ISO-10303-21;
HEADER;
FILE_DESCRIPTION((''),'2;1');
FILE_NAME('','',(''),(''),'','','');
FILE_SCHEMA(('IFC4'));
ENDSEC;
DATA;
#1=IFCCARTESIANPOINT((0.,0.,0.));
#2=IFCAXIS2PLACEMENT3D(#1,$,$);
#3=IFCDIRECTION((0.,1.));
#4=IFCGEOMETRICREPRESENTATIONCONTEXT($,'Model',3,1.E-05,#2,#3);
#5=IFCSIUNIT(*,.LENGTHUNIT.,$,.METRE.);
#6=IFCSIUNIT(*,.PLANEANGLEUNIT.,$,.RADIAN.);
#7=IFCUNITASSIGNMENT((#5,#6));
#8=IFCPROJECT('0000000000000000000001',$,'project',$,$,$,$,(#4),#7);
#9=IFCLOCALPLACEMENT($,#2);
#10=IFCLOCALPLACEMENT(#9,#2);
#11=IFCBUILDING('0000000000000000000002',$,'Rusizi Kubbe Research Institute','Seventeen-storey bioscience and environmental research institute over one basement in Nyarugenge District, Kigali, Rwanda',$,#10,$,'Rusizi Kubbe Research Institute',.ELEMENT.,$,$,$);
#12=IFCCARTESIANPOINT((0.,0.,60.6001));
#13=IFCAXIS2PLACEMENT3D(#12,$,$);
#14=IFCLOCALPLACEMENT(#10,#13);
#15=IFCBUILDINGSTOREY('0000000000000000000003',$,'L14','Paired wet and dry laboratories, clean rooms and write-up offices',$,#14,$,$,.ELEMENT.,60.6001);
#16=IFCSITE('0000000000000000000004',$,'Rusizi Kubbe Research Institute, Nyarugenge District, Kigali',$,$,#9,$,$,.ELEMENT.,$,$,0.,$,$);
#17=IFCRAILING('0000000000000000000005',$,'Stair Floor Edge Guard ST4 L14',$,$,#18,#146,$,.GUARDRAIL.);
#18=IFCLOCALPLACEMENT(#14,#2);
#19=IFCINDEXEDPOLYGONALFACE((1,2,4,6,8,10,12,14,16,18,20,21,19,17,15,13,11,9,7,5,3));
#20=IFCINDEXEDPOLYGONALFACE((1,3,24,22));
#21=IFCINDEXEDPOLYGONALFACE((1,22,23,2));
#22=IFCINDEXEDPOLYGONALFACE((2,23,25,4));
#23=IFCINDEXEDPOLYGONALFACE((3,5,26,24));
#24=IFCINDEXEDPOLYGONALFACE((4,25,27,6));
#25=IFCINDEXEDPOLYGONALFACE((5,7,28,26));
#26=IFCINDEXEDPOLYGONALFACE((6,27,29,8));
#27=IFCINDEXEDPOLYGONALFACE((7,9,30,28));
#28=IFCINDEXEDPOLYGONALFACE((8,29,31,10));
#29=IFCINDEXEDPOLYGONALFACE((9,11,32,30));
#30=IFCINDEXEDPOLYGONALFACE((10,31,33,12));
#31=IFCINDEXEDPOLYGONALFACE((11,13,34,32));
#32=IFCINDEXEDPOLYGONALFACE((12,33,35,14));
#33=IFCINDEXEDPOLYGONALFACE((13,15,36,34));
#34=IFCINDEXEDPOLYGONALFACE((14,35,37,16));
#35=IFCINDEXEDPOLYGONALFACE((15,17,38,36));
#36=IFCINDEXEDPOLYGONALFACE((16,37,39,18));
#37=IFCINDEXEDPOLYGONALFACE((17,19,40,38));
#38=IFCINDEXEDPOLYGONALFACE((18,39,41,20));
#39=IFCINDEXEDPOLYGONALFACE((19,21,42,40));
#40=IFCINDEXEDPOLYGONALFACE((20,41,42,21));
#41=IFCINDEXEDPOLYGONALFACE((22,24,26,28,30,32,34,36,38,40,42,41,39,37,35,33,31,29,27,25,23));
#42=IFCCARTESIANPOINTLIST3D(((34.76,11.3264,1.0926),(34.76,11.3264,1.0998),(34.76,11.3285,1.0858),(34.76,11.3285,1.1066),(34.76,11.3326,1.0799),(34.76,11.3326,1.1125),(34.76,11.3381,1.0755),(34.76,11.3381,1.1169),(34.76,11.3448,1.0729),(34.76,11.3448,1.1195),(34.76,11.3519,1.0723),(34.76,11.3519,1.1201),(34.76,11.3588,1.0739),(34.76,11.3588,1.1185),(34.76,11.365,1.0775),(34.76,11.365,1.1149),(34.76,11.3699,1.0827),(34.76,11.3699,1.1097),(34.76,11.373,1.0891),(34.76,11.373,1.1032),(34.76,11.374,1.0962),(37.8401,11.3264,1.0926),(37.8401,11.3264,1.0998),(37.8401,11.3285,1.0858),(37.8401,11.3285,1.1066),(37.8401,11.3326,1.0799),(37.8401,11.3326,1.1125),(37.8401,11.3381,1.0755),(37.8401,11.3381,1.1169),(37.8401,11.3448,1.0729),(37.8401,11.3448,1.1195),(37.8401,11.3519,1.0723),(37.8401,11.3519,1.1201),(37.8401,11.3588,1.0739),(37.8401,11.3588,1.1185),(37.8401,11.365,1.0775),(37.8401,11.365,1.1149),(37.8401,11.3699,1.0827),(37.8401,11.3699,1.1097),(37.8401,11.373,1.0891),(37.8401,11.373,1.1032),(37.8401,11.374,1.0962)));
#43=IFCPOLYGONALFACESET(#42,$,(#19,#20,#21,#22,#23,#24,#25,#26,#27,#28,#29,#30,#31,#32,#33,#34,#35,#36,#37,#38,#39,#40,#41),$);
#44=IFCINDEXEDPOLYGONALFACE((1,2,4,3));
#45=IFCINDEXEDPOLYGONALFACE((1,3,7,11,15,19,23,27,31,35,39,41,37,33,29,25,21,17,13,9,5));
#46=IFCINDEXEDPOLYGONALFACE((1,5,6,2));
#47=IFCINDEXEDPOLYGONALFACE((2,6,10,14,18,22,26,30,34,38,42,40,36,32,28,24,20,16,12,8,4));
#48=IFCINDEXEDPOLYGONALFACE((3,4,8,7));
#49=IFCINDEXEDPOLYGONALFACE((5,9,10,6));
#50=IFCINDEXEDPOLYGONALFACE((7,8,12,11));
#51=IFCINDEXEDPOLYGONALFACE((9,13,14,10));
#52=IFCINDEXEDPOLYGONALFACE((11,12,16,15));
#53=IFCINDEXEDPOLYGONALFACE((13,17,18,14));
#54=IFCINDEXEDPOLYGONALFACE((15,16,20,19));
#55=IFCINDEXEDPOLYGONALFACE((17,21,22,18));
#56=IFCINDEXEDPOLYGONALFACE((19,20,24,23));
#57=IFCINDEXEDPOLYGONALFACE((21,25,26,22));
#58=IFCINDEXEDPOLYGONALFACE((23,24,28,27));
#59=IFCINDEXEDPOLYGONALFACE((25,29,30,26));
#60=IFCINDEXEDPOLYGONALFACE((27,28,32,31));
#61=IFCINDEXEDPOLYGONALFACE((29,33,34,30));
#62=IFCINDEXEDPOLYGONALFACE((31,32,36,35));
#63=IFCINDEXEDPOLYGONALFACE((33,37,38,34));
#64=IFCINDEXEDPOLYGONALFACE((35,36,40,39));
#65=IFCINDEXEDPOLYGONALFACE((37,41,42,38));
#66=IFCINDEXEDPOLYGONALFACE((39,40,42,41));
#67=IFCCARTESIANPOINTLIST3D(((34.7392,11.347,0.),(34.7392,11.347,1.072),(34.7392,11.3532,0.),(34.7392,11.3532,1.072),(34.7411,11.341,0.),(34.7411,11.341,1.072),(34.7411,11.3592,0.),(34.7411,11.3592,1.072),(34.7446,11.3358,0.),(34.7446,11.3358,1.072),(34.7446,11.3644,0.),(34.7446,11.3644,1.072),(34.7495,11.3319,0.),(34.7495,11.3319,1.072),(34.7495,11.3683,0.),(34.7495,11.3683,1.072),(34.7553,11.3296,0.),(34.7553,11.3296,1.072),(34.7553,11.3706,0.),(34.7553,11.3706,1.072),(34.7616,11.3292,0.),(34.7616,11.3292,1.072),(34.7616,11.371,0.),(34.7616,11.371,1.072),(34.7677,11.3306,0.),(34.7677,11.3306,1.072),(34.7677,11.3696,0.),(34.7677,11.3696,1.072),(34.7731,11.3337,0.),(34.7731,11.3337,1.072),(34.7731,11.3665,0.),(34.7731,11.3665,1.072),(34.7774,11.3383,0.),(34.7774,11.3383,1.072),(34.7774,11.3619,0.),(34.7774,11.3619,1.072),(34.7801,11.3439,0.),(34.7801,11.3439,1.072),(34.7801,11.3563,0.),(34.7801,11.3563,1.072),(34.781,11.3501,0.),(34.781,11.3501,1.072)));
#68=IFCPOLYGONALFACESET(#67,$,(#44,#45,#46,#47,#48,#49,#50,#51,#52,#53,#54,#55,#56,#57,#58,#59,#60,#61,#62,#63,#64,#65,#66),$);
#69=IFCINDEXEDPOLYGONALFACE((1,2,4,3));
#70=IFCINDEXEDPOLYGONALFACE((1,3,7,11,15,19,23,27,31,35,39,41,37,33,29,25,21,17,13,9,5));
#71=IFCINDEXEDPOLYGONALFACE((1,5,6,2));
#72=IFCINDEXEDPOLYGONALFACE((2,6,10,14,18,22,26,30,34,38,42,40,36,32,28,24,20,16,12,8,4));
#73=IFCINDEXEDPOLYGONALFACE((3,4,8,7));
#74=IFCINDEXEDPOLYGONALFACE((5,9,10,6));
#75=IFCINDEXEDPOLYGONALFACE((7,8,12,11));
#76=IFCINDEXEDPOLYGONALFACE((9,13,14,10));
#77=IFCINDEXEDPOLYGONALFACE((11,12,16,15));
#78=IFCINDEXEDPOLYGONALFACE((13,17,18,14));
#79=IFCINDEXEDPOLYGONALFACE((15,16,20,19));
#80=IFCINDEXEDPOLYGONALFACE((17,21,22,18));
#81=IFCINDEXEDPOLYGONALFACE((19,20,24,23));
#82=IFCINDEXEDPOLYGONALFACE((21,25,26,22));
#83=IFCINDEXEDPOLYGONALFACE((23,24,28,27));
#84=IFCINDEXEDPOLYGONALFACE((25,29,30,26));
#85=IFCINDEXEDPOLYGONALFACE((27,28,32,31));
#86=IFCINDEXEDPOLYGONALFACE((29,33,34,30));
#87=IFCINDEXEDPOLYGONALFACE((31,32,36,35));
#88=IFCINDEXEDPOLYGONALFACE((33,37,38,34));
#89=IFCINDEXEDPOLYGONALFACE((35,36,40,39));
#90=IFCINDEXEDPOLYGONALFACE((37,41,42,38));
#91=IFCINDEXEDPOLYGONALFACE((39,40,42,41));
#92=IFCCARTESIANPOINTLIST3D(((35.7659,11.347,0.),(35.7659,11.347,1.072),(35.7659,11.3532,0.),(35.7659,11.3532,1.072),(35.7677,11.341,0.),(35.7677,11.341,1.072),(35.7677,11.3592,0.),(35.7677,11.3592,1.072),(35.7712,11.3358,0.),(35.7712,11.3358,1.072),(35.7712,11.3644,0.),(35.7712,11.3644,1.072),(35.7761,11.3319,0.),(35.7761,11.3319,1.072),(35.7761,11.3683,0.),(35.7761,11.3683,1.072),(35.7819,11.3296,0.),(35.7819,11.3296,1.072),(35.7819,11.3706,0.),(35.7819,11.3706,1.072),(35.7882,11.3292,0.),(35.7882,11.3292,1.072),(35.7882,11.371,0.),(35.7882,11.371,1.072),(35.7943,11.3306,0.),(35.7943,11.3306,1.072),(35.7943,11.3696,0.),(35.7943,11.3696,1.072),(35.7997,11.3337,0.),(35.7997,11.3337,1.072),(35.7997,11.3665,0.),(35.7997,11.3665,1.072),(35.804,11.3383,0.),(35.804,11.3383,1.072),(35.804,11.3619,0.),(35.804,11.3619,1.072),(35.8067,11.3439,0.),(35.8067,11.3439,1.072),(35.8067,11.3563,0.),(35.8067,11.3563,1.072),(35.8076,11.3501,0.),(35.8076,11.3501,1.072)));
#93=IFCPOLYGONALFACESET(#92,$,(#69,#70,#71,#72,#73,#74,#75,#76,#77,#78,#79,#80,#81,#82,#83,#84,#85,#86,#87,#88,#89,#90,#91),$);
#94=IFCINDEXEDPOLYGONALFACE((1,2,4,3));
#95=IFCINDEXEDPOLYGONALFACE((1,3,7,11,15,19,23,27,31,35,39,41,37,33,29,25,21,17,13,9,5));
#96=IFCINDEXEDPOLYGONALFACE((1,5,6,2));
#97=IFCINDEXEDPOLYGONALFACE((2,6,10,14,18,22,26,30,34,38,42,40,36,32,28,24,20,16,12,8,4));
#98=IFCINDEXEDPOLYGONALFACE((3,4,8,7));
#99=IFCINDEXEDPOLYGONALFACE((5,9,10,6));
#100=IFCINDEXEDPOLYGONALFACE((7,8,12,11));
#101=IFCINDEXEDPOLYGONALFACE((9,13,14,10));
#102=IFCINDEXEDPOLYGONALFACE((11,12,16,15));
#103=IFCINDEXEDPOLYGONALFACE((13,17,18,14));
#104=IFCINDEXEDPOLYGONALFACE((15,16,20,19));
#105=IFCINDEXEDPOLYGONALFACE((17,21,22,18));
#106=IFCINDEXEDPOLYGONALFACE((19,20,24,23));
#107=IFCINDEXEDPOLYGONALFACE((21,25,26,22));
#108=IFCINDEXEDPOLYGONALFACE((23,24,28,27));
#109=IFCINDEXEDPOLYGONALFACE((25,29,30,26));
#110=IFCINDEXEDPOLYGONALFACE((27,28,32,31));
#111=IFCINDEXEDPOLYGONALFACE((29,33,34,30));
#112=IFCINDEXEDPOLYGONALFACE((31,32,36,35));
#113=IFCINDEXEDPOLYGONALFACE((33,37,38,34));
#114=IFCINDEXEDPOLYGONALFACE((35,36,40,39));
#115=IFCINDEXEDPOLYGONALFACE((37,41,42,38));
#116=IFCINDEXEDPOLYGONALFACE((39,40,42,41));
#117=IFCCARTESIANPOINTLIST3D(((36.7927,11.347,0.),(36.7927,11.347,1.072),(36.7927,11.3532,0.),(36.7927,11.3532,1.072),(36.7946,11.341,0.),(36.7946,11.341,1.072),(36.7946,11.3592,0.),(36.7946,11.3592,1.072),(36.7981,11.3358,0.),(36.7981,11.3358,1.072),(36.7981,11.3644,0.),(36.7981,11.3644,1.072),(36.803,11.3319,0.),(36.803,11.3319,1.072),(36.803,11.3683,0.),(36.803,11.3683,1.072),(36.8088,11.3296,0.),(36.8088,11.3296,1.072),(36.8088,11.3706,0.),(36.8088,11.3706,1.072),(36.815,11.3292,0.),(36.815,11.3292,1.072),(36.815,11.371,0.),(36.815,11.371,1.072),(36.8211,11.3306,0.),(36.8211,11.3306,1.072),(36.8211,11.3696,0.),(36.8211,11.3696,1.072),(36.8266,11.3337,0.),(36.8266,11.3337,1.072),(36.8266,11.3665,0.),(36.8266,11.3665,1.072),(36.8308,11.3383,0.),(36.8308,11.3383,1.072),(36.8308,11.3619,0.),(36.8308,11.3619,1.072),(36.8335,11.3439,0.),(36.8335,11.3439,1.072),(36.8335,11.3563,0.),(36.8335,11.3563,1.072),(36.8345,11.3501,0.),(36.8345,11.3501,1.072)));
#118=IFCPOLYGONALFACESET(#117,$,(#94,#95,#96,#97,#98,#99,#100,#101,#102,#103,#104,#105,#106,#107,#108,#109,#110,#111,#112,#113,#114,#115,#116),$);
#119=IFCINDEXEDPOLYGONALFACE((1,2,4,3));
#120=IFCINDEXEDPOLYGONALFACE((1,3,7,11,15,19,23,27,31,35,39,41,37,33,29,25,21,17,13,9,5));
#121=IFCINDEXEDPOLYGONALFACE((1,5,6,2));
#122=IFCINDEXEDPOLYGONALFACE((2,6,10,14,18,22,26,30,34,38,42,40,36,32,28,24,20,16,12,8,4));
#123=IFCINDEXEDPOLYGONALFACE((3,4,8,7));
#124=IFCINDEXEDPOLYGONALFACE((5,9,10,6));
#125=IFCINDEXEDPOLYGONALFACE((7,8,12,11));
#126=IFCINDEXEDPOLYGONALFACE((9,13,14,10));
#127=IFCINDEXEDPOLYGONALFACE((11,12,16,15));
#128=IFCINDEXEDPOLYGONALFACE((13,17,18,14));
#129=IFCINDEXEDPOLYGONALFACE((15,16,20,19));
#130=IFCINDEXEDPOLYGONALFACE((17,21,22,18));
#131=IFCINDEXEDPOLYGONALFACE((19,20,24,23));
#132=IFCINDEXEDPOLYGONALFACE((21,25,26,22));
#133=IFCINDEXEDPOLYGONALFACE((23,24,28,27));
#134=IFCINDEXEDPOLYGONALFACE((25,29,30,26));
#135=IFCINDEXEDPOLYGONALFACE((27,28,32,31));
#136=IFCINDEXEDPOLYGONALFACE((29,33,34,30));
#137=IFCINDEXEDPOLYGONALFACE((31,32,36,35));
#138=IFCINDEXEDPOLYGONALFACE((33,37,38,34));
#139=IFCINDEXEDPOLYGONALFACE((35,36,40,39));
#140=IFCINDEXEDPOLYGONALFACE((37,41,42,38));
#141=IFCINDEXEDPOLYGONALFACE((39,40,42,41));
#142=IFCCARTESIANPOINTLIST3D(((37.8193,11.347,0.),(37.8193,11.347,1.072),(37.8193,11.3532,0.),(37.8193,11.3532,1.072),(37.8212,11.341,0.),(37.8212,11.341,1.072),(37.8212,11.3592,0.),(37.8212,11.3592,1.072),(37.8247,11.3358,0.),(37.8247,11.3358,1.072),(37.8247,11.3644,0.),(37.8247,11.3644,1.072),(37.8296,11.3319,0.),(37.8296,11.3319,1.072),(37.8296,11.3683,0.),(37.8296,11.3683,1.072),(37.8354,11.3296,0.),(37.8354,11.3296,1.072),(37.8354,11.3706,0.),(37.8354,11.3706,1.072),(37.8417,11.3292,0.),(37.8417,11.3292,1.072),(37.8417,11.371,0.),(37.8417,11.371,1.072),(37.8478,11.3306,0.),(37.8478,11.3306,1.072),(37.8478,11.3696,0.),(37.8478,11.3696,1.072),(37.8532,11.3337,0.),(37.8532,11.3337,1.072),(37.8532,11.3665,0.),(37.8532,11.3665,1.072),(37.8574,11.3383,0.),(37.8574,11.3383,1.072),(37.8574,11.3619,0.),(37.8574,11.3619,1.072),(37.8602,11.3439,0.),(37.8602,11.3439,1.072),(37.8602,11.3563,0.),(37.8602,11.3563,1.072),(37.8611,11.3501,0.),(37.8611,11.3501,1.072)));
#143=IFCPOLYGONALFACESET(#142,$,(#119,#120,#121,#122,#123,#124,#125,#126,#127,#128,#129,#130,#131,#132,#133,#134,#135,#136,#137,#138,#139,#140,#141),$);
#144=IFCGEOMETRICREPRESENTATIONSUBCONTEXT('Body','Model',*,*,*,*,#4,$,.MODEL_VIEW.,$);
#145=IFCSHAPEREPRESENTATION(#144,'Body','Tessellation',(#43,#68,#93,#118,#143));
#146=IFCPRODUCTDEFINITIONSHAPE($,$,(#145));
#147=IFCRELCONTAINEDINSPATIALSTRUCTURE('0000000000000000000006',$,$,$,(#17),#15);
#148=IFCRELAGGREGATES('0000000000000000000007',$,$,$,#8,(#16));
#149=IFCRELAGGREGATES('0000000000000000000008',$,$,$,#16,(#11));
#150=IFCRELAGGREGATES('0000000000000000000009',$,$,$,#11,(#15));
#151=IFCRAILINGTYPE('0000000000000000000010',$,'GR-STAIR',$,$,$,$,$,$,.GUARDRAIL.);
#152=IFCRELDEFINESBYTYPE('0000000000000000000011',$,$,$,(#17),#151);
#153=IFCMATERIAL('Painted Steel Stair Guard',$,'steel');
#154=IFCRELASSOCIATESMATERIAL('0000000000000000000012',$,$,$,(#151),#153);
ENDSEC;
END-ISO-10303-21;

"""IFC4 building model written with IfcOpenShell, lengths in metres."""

from ifc_helpers import new_model, si_unit, direction, frame, origin, origin_2d, place, context, subcontext, project, spatial, circle, extrude, material, type_object, element, save


model = new_model("IFC4")

# Units and contexts
model_context = context("Model", 3, precision=1e-05, world=origin(), true_north=direction((0.0, 1.0)))
body_context = subcontext(model_context, "Body", "Model", "MODEL_VIEW")
ifc_project = project(units=[si_unit("LENGTHUNIT", "METRE"), si_unit("PLANEANGLEUNIT", "RADIAN")], contexts=[model_context])

# Site, building, storey
site_placement = place(None, origin())
site = spatial("IfcSite", under=ifc_project, at=site_placement, Name="Rusizi Kubbe Research Institute, Nyarugenge District, Kigali", CompositionType="ELEMENT", RefElevation=0.0)
building_placement = place(site_placement, origin())
building = spatial("IfcBuilding", under=site, at=building_placement, Name="Rusizi Kubbe Research Institute", Description="Seventeen-storey bioscience and environmental research institute over one basement in Nyarugenge District, Kigali, Rwanda", LongName="Rusizi Kubbe Research Institute", CompositionType="ELEMENT")
storey_placement = place(building_placement, frame((0.0, 0.0, 60.6001)))
storey = spatial("IfcBuildingStorey", under=building, at=storey_placement, Name="L14", Description="Paired wet and dry laboratories, clean rooms and write-up offices", CompositionType="ELEMENT", Elevation=60.6001)

# Railing
ifc_material_1 = material(Name="Painted Steel Stair Guard", Category="steel")
railing_type_1 = type_object("IfcRailingType", Name="GR-STAIR", PredefinedType="GUARDRAIL", material=ifc_material_1)
railing_1_placement = place(storey_placement, frame((34.76, 11.3501, 0.0)))
element("IfcRailing", 1, at=railing_1_placement, inside=storey, type_object=railing_type_1, Name="Stair Floor Edge Guard ST4 L14", PredefinedType="GUARDRAIL", context=body_context, shape_type="SweptSolid", body=[
    extrude(circle(Radius=0.0239, at=origin_2d()), frame((0.0, 0.0, 1.0962), z_axis=(1.0, 0.0, 0.0), x_axis=(0.0, 1.0, 0.0)), (0.0, 0.0, 1.0), 3.0801),
    extrude(circle(Radius=0.021, at=origin_2d()), origin(), (0.0, 0.0, 1.0), 1.072),
    extrude(circle(Radius=0.021, at=origin_2d()), frame((1.0266, 0.0, 0.0)), (0.0, 0.0, 1.0), 1.072),
    extrude(circle(Radius=0.021, at=origin_2d()), frame((2.0535, 0.0, 0.0)), (0.0, 0.0, 1.0), 1.072),
    extrude(circle(Radius=0.021, at=origin_2d()), frame((3.0801, 0.0, 0.0)), (0.0, 0.0, 1.0), 1.072),
])

save(model, "model.ifc")
